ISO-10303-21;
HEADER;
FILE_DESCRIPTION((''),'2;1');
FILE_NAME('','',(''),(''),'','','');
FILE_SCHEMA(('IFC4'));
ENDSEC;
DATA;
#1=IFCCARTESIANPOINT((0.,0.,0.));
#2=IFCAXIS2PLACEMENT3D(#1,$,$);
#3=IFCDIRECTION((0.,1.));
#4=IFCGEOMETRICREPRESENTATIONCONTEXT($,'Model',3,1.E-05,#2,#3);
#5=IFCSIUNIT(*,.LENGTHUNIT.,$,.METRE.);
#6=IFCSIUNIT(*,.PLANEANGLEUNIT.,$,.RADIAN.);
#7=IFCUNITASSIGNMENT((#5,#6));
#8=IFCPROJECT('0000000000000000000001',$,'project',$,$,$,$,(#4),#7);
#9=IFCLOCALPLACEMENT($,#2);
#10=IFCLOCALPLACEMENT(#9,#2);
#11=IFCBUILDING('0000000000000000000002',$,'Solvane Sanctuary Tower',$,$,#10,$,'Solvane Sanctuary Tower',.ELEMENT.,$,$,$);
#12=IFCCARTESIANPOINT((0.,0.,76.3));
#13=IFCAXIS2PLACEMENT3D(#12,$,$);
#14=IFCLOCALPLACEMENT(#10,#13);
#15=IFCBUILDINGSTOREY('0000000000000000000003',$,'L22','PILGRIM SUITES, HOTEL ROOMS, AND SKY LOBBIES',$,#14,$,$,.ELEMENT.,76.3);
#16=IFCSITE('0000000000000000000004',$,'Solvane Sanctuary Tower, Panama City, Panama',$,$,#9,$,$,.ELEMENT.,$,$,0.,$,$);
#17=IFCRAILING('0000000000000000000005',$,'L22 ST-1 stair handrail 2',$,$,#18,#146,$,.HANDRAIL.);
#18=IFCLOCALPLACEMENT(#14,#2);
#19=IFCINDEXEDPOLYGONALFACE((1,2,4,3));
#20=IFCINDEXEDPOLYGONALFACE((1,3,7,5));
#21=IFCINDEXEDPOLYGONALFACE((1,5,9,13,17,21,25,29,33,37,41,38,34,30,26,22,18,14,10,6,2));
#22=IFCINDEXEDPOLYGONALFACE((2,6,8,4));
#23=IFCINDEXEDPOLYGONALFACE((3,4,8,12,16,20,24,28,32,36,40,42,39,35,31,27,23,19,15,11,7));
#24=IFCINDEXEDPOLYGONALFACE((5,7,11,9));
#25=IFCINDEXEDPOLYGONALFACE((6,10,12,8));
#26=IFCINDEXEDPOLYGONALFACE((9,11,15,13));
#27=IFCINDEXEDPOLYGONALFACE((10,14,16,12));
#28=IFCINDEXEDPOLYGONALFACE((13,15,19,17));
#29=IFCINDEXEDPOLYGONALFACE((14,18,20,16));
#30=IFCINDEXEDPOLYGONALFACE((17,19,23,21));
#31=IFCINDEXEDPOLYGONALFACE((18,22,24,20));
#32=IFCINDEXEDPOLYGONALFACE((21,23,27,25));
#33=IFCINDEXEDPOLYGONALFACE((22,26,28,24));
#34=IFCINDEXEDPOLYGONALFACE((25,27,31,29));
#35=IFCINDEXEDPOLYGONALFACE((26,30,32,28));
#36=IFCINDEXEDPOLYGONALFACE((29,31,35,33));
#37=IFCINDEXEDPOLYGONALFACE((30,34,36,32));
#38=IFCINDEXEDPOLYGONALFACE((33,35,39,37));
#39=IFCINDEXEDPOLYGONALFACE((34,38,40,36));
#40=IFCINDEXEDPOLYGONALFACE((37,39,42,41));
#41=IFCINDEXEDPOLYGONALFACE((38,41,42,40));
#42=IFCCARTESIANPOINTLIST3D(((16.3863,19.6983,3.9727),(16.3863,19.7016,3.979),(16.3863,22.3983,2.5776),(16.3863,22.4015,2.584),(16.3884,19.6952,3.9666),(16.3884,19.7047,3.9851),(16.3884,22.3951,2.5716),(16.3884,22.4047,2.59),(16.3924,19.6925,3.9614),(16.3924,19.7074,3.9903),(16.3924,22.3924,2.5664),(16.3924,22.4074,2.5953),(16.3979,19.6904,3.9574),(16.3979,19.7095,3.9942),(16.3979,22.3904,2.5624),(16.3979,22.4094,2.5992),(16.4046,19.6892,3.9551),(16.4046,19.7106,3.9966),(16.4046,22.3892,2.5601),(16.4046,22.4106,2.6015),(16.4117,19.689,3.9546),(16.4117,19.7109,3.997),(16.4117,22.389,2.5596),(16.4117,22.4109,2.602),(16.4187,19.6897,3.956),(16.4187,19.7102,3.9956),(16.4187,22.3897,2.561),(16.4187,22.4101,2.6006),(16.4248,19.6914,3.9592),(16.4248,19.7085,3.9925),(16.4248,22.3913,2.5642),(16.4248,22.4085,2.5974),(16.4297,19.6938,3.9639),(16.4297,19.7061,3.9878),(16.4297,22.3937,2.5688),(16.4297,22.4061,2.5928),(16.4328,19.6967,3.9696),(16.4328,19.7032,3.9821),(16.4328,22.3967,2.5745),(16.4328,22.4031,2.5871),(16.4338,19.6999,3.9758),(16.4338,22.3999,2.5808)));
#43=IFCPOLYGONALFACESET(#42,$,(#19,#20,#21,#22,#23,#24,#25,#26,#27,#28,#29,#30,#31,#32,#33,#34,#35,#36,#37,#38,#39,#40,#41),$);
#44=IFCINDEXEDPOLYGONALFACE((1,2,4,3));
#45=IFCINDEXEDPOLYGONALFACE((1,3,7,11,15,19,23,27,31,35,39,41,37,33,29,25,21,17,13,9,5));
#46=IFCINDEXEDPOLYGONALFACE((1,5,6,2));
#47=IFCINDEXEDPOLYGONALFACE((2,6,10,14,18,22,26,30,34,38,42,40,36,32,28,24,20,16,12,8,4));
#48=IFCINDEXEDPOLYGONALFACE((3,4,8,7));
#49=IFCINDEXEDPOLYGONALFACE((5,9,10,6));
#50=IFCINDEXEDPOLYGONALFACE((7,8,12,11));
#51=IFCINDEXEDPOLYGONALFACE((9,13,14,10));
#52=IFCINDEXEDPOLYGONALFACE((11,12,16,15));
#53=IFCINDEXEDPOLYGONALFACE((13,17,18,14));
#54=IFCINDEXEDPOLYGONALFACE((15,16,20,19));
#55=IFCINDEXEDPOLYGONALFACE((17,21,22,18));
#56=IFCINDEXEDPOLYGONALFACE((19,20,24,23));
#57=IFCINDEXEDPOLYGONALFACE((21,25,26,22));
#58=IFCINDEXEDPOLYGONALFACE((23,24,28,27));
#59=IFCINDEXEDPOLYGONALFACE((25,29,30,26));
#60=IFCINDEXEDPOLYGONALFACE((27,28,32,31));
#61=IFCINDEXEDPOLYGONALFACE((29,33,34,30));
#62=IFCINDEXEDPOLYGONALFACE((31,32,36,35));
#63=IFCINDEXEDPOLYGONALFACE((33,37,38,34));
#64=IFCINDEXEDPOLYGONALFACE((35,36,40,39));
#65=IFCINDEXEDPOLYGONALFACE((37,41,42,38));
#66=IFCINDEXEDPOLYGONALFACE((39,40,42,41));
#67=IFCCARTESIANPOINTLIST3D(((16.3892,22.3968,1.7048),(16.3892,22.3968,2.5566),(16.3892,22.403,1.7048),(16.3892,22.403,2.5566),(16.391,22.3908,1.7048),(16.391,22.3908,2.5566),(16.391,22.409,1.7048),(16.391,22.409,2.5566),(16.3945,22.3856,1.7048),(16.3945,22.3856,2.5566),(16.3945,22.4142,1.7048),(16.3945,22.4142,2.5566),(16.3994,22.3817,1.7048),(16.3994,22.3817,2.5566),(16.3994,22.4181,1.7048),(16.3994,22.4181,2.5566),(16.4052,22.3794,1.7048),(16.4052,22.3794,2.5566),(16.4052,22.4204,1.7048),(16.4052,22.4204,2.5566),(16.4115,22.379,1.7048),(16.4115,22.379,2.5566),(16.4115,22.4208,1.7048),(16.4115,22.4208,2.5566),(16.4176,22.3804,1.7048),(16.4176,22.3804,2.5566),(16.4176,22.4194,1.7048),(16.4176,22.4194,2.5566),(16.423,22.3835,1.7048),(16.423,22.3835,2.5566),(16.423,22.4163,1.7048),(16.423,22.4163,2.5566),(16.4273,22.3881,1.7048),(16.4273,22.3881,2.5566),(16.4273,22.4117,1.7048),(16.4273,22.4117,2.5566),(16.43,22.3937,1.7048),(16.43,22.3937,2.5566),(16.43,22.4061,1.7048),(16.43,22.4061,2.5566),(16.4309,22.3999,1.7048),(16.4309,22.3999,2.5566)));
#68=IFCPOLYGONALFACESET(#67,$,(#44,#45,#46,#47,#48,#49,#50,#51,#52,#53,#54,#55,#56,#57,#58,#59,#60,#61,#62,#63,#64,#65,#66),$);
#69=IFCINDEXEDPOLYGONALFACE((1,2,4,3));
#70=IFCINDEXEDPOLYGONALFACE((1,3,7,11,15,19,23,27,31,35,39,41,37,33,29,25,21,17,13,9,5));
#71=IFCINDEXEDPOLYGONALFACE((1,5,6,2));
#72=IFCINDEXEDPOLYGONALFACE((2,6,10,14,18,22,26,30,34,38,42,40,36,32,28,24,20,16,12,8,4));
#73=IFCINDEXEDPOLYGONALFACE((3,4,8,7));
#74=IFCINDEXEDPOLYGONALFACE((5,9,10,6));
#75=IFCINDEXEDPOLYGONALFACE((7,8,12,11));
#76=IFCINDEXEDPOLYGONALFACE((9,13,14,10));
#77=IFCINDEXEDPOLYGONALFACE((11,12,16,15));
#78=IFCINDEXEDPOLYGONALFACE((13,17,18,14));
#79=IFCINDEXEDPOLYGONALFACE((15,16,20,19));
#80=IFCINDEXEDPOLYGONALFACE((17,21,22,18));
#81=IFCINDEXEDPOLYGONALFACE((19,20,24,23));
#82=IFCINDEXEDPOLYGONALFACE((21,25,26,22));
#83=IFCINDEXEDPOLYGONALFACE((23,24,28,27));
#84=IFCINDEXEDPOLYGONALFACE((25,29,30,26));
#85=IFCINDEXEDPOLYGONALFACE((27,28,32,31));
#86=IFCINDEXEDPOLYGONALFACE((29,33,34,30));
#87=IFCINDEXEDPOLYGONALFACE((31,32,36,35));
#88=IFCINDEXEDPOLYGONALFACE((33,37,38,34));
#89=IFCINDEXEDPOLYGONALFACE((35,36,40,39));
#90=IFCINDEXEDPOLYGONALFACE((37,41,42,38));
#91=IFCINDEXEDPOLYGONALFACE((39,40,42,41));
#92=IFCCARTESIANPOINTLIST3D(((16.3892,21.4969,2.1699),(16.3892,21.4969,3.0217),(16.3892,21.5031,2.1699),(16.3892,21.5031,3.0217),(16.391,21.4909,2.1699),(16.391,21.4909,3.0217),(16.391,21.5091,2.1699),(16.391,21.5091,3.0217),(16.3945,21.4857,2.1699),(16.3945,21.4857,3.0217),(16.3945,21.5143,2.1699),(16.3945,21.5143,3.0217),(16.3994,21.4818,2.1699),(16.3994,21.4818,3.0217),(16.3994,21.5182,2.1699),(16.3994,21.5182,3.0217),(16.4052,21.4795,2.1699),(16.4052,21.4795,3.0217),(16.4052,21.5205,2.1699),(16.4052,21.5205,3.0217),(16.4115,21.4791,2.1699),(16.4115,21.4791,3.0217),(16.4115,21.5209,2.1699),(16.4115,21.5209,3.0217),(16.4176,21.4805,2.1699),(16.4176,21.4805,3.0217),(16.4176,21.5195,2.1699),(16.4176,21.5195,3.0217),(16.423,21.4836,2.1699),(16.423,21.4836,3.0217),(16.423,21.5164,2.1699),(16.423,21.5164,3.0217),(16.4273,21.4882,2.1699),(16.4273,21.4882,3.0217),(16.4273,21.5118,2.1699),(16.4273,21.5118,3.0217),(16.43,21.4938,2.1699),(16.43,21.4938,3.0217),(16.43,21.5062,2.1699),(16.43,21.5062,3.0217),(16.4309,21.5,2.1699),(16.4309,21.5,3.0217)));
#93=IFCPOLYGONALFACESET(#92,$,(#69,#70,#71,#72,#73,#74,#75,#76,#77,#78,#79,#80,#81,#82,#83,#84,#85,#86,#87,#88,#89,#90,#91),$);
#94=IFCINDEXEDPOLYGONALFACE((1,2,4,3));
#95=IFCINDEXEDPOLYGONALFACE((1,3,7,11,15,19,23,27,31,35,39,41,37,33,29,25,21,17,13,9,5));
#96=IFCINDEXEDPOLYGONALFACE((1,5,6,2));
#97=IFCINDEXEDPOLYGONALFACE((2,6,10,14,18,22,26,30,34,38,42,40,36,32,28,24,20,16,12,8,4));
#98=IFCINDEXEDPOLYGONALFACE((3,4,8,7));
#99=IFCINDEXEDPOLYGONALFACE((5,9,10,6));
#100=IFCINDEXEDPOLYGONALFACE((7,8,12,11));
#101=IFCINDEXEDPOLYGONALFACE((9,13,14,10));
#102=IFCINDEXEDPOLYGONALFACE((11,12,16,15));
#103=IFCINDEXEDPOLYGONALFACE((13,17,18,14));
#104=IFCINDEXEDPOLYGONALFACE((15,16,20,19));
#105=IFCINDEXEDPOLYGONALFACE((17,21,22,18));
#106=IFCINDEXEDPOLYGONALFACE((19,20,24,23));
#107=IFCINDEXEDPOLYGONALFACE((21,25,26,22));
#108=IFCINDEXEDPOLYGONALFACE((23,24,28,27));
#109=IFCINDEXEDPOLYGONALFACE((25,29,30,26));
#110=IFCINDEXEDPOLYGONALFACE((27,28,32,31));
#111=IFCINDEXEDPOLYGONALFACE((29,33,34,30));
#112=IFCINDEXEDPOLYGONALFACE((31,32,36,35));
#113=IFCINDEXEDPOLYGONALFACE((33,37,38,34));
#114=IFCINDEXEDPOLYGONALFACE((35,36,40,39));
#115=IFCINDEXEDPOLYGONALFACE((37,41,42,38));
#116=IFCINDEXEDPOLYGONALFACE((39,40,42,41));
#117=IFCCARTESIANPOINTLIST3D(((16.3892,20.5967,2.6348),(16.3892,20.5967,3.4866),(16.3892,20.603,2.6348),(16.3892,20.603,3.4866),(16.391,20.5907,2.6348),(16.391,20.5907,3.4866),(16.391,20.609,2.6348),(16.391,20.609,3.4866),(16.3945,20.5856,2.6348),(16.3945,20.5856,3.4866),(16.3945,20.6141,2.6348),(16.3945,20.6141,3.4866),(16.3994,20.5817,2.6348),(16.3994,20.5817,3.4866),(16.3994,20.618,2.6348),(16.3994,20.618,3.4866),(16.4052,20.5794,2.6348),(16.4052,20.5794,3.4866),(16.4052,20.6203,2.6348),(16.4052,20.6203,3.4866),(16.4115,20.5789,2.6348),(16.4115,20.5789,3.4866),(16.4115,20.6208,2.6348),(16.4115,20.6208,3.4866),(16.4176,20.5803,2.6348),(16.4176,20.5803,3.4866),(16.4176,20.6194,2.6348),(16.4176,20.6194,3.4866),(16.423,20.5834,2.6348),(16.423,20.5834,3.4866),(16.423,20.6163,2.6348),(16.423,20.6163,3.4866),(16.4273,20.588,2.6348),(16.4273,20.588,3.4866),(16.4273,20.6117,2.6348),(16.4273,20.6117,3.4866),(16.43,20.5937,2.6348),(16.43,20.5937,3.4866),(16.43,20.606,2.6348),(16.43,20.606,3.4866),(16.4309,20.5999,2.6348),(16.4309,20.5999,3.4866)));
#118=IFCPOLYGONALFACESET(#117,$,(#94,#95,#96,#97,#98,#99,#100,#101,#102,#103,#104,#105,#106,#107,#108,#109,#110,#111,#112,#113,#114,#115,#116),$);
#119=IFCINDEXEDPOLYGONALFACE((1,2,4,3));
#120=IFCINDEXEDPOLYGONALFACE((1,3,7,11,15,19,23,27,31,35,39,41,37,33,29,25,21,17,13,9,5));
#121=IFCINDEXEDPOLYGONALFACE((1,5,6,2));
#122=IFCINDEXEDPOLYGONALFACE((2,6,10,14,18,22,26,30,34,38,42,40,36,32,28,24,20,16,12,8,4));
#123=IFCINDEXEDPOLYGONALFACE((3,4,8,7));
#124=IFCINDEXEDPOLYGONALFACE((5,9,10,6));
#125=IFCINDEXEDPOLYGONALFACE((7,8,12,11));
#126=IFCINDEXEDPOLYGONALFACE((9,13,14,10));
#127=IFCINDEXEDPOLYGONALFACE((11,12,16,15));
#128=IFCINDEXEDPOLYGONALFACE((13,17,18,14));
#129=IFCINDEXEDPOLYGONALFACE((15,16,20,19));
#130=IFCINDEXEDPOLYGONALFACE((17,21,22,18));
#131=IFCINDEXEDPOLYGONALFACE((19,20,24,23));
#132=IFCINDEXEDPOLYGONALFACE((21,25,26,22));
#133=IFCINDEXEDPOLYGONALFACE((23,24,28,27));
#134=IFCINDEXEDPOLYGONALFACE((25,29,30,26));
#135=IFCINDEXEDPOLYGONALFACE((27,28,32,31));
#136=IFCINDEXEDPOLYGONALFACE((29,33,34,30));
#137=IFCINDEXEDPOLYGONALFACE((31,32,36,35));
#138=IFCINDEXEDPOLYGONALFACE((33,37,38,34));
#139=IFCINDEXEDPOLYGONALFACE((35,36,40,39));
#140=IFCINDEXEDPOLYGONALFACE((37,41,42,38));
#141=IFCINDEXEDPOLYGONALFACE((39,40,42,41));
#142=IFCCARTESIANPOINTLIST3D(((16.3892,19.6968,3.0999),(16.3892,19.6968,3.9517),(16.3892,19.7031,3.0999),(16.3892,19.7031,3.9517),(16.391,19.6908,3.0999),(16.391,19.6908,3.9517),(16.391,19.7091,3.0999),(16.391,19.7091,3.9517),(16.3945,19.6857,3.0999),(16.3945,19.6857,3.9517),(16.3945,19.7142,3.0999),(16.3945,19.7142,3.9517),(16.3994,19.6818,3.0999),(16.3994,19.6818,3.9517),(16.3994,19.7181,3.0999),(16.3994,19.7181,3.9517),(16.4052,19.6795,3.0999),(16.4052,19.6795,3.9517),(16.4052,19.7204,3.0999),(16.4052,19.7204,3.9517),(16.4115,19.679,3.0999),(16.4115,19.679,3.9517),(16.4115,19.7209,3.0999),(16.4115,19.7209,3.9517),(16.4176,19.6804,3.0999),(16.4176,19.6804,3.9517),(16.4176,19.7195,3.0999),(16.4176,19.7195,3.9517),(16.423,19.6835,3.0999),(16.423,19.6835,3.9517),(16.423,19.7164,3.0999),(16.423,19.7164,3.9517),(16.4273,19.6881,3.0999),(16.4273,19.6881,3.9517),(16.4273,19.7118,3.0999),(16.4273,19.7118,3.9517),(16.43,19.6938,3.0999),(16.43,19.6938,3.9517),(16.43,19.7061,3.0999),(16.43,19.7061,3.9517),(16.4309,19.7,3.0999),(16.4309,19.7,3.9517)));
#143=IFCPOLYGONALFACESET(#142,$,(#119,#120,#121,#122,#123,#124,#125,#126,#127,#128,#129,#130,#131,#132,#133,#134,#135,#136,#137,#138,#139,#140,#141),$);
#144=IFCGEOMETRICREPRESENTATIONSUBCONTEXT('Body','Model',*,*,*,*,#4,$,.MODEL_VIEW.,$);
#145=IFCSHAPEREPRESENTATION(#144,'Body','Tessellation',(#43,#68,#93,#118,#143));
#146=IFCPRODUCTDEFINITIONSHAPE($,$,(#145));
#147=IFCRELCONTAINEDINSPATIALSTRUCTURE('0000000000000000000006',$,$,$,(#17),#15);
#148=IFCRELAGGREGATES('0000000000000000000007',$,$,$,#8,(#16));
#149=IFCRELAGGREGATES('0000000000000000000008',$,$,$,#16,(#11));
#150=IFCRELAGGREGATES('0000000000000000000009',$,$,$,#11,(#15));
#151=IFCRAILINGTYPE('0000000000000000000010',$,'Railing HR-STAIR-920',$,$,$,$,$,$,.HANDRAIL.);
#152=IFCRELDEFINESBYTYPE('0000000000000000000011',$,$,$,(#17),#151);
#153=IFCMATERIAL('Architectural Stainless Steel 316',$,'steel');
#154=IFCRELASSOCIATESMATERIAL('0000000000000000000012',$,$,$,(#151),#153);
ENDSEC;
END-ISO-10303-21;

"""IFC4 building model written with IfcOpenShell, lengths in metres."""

from ifc_helpers import new_model, si_unit, direction, frame, origin, origin_2d, place, context, subcontext, project, spatial, circle, extrude, material, type_object, element, save


model = new_model("IFC4")

# Units and contexts
model_context = context("Model", 3, precision=1e-05, world=origin(), true_north=direction((0.0, 1.0)))
body_context = subcontext(model_context, "Body", "Model", "MODEL_VIEW")
ifc_project = project(units=[si_unit("LENGTHUNIT", "METRE"), si_unit("PLANEANGLEUNIT", "RADIAN")], contexts=[model_context])

# Site, building, storey
site_placement = place(None, origin())
site = spatial("IfcSite", under=ifc_project, at=site_placement, Name="Solvane Sanctuary Tower, Panama City, Panama", CompositionType="ELEMENT", RefElevation=0.0)
building_placement = place(site_placement, origin())
building = spatial("IfcBuilding", under=site, at=building_placement, Name="Solvane Sanctuary Tower", LongName="Solvane Sanctuary Tower", CompositionType="ELEMENT")
storey_placement = place(building_placement, frame((0.0, 0.0, 76.3)))
storey = spatial("IfcBuildingStorey", under=building, at=storey_placement, Name="L22", Description="PILGRIM SUITES, HOTEL ROOMS, AND SKY LOBBIES", CompositionType="ELEMENT", Elevation=76.3)

# Shared definitions
ifc_material_1 = material(Name="Architectural Stainless Steel 316", Category="steel")

# Railing
railing_type_1 = type_object("IfcRailingType", Name="Railing HR-STAIR-920", PredefinedType="HANDRAIL", material=ifc_material_1)
railing_1_placement = place(storey_placement, frame((16.4099, 22.3999, 1.7048)))
element("IfcRailing", 1, at=railing_1_placement, inside=storey, type_object=railing_type_1, Name="L22 ST-1 stair handrail 2", PredefinedType="HANDRAIL", context=body_context, shape_type="SweptSolid", body=[
    extrude(circle(Radius=0.0239, at=origin_2d()), frame((0.0, 0.0, 0.876), z_axis=(0.0, -0.88842, 0.459032), x_axis=(1.0, 0.0, 0.0)), (0.0, 0.0, 1.0), 3.0391),
    extrude(circle(Radius=0.021, at=origin_2d()), origin(), (0.0, 0.0, 1.0), 0.8518),
    extrude(circle(Radius=0.021, at=origin_2d()), frame((0.0, -0.8999, 0.4651)), (0.0, 0.0, 1.0), 0.8518),
    extrude(circle(Radius=0.021, at=origin_2d()), frame((0.0, -1.8, 0.9299)), (0.0, 0.0, 1.0), 0.8518),
    extrude(circle(Radius=0.021, at=origin_2d()), frame((0.0, -2.7, 1.395)), (0.0, 0.0, 1.0), 0.8518),
])

save(model, "model.ifc")
